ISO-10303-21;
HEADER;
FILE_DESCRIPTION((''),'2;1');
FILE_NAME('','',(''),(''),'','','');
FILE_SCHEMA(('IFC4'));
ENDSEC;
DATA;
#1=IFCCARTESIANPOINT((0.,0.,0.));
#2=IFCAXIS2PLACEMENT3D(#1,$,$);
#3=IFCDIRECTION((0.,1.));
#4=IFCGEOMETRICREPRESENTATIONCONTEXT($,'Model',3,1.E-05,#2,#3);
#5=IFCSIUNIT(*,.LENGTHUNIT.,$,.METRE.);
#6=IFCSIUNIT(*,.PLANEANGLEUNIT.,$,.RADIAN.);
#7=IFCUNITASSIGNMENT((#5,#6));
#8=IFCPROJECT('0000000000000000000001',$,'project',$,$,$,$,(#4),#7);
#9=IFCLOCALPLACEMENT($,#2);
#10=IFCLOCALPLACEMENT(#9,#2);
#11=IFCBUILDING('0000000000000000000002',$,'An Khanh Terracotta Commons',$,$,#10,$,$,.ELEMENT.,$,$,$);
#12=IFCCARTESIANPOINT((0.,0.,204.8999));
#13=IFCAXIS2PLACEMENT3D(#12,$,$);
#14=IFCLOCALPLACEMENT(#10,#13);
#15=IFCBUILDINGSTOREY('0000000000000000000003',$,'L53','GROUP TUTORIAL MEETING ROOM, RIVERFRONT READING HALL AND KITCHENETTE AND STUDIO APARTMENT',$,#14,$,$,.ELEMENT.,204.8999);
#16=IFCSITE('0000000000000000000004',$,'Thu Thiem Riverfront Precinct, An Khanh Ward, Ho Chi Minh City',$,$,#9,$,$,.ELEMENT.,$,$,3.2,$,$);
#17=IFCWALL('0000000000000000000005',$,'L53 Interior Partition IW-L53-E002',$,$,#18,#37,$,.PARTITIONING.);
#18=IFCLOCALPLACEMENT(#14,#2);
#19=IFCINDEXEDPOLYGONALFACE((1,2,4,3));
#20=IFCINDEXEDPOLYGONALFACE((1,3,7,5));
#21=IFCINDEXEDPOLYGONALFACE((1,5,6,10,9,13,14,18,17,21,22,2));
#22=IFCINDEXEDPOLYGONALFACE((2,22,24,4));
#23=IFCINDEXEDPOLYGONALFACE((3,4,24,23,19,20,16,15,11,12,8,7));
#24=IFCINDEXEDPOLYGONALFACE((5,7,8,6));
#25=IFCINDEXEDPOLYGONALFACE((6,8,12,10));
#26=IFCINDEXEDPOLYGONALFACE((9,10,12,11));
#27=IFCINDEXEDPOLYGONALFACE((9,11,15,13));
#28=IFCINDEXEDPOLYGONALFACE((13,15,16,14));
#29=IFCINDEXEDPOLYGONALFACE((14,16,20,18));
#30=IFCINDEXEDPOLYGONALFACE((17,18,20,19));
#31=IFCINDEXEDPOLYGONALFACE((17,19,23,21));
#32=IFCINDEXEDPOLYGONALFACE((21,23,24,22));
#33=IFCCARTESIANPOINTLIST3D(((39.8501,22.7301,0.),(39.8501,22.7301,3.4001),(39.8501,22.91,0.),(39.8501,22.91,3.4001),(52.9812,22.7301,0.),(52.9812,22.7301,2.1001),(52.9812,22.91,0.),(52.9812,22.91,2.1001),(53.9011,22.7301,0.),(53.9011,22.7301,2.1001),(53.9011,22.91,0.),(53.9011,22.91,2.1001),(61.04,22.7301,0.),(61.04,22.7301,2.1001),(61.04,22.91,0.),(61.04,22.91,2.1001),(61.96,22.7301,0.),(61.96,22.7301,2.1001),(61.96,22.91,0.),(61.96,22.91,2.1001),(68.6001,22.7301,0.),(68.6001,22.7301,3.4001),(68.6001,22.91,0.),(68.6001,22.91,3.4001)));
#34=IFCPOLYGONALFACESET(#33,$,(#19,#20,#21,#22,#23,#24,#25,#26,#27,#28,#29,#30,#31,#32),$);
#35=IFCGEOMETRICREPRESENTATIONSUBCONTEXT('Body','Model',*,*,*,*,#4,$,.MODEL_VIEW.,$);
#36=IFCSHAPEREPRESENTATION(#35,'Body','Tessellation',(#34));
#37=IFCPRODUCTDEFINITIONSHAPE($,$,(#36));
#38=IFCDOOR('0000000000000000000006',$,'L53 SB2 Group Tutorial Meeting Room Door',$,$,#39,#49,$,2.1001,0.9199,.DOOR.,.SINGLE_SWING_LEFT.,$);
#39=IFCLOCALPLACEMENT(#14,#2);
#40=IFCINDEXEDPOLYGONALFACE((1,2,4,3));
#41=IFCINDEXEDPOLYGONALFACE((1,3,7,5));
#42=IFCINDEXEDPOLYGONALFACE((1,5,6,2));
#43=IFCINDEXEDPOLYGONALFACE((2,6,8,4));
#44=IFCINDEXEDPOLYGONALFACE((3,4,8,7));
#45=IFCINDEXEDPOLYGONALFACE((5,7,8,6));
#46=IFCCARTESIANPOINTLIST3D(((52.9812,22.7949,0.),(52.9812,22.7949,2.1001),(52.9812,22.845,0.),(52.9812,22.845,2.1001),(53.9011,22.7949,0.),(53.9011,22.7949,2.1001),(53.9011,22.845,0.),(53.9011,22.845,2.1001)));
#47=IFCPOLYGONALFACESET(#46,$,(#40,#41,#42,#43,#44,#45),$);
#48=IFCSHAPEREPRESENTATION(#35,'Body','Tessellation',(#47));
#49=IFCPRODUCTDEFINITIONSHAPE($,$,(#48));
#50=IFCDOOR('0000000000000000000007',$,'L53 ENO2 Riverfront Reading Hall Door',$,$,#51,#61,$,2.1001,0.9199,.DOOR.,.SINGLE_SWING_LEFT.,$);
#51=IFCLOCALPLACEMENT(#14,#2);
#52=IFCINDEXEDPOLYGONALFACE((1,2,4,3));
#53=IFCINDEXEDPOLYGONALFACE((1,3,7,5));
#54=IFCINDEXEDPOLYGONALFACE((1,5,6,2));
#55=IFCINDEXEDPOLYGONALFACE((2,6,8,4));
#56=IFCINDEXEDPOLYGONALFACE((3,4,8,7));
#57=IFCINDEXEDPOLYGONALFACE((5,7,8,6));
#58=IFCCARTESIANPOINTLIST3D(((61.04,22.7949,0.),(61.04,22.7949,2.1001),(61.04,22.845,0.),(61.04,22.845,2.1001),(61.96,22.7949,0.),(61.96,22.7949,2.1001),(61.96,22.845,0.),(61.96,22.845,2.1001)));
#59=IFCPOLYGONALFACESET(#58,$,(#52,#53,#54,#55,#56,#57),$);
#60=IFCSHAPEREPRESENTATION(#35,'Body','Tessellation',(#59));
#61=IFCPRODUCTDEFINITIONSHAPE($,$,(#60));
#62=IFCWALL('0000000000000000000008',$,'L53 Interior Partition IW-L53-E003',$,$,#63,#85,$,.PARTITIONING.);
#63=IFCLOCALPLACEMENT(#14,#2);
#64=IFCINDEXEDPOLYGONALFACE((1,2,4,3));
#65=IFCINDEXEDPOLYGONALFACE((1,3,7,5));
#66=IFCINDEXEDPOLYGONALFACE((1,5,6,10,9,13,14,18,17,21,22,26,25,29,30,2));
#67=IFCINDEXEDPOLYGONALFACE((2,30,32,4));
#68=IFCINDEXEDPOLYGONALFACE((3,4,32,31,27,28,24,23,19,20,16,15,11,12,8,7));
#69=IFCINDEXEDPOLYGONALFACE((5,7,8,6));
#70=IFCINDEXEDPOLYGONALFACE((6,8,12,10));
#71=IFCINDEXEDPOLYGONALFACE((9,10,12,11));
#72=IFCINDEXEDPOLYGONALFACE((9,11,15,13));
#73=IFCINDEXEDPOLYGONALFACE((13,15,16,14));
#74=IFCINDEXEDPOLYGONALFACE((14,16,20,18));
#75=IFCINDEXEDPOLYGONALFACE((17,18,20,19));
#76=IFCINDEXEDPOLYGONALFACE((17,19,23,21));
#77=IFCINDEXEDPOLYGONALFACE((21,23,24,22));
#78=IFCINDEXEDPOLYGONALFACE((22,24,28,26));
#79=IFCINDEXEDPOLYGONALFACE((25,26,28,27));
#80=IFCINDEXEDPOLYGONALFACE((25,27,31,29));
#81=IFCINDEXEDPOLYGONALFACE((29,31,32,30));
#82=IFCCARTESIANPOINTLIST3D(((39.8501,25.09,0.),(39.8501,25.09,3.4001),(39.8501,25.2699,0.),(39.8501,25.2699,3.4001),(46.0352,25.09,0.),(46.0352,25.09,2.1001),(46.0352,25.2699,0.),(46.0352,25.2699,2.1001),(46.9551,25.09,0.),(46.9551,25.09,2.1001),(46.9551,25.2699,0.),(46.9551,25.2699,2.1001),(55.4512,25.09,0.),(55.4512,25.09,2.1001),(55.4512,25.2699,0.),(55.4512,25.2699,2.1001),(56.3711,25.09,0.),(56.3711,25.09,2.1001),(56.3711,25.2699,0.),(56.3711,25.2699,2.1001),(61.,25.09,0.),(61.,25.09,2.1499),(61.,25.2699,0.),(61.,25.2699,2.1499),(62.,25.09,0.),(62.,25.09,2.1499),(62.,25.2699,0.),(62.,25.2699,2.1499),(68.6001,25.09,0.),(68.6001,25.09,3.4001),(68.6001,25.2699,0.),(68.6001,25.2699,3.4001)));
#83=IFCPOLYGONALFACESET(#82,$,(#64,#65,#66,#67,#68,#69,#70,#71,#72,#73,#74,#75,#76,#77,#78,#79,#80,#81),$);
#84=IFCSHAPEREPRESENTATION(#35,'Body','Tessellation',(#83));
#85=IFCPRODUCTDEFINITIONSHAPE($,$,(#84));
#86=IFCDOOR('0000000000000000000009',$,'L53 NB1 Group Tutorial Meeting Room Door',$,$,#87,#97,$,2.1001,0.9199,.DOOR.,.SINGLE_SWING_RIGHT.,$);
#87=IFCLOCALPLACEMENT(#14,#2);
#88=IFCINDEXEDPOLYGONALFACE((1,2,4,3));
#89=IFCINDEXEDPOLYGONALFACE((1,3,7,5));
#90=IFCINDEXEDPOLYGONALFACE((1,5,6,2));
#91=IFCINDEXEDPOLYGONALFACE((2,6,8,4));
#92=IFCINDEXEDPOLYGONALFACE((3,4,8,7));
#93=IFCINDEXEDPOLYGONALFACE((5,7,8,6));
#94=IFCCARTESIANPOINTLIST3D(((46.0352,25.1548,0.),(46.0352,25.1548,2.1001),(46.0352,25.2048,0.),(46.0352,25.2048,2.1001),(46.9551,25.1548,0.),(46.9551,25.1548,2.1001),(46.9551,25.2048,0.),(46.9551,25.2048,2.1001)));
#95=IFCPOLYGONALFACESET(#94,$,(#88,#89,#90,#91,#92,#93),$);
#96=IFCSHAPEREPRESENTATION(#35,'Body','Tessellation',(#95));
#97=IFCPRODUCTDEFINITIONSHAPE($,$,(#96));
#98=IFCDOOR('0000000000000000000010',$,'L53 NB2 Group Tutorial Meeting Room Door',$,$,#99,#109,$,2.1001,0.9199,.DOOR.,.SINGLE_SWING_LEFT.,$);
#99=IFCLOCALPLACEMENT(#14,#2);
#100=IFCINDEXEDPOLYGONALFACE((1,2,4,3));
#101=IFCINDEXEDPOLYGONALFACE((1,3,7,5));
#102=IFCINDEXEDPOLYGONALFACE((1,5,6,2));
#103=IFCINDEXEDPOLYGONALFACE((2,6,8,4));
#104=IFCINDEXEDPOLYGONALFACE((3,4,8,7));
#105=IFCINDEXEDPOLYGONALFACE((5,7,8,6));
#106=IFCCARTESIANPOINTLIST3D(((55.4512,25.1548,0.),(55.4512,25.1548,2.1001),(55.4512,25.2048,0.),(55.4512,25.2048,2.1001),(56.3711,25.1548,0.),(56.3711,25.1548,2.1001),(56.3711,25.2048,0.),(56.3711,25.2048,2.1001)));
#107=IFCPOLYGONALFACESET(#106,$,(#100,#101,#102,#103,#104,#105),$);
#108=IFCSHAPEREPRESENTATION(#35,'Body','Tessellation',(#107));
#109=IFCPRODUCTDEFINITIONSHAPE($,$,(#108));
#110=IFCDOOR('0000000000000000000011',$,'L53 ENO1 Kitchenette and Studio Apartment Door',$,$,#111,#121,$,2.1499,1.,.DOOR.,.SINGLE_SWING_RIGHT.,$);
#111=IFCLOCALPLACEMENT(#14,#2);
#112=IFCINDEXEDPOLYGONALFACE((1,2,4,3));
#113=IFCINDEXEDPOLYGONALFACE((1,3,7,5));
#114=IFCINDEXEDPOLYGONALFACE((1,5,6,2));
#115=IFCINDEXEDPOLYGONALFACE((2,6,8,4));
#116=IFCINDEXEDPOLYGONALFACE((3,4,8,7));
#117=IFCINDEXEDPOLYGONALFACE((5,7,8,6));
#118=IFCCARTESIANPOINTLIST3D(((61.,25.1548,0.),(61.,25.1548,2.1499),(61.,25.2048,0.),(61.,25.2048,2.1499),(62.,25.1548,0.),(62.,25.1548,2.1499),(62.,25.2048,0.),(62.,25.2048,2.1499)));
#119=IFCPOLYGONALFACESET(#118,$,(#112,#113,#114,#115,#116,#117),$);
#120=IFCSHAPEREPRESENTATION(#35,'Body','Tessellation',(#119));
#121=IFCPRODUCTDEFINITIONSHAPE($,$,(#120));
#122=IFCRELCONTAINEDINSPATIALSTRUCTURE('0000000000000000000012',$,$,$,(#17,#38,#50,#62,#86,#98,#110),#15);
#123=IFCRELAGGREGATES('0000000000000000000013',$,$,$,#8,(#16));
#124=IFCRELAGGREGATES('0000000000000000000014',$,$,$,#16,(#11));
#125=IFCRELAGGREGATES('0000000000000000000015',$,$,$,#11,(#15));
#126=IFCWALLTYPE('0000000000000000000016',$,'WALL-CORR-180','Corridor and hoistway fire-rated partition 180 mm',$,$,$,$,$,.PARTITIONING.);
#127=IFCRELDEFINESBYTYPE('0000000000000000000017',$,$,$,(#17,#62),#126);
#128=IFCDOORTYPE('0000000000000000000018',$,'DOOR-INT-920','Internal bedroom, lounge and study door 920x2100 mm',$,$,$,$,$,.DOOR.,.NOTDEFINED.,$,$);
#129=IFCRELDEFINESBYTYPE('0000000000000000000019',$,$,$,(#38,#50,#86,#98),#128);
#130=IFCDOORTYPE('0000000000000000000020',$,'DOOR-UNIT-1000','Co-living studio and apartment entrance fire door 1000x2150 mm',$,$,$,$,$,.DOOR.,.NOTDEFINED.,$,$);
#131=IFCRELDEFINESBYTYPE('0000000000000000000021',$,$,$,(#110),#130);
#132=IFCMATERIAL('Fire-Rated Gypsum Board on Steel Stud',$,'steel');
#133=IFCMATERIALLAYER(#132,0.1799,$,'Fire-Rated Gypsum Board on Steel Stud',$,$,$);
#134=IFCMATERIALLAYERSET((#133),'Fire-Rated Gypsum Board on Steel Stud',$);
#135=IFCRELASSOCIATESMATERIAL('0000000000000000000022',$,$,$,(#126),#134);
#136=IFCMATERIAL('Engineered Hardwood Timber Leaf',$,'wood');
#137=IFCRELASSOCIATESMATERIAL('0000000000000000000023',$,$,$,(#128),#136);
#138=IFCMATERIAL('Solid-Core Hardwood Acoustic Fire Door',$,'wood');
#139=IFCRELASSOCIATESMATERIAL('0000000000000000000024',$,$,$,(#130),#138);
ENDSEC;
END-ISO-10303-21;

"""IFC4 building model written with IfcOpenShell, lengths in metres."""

from ifc_helpers import new_model, si_unit, direction, frame, frame_2d, origin, place, context, subcontext, project, spatial, rectangle, extrude, material, layer, layer_set, type_object, element, fill, save


model = new_model("IFC4")

# Units and contexts
model_context = context("Model", 3, precision=1e-05, world=origin(), true_north=direction((0.0, 1.0)))
body_context = subcontext(model_context, "Body", "Model", "MODEL_VIEW")
ifc_project = project(units=[si_unit("LENGTHUNIT", "METRE"), si_unit("PLANEANGLEUNIT", "RADIAN")], contexts=[model_context])

# Site, building, storey
site_placement = place(None, origin())
site = spatial("IfcSite", under=ifc_project, at=site_placement, Name="Thu Thiem Riverfront Precinct, An Khanh Ward, Ho Chi Minh City", CompositionType="ELEMENT", RefElevation=3.2)
building_placement = place(site_placement, origin())
building = spatial("IfcBuilding", under=site, at=building_placement, Name="An Khanh Terracotta Commons", CompositionType="ELEMENT")
storey_placement = place(building_placement, frame((0.0, 0.0, 204.8999)))
storey = spatial("IfcBuildingStorey", under=building, at=storey_placement, Name="L53", Description="GROUP TUTORIAL MEETING ROOM, RIVERFRONT READING HALL AND KITCHENETTE AND STUDIO APARTMENT", CompositionType="ELEMENT", Elevation=204.8999)

# Shared definitions
ifc_material_1 = material(Name="Fire-Rated Gypsum Board on Steel Stud", Category="steel")
ifc_layer = layer(ifc_material_1, 0.1799, Name="Fire-Rated Gypsum Board on Steel Stud")
ifc_layer_set = layer_set([ifc_layer], Name="Fire-Rated Gypsum Board on Steel Stud")
wall_type = type_object("IfcWallType", Name="WALL-CORR-180", Description="Corridor and hoistway fire-rated partition 180 mm", PredefinedType="PARTITIONING", material=ifc_layer_set)

# Walls, openings, doors
wall_1_placement = place(storey_placement, frame((39.8501, 22.8201, 0.0), z_axis=(0.0, 0.0, 1.0), x_axis=(1.0, 0.0, 0.0)))
wall_1 = element("IfcWall", 1, at=wall_1_placement, inside=storey, type_object=wall_type, Name="L53 Interior Partition IW-L53-E002", PredefinedType="PARTITIONING", context=body_context, shape_type="SweptSolid", body=[
    extrude(rectangle(XDim=28.75, YDim=0.1799, at=frame_2d((14.375, 0.0))), origin(), (0.0, 0.0, 1.0), 3.4001),
])
opening_1_placement = place(wall_1_placement, frame((13.1311, 0.0, 0.0)))
opening_1 = element("IfcOpeningElement", 2, at=opening_1_placement, cuts=wall_1, PredefinedType="OPENING", context=body_context, shape_type="SweptSolid", body=[
    extrude(rectangle(XDim=0.9199, YDim=2.1001, at=frame_2d((0.46, 1.05))), frame((0.0, 0.0999, 0.0), z_axis=(0.0, -1.0, 0.0), x_axis=(1.0, 0.0, 0.0)), (0.0, 0.0, 1.0), 0.2),
])
opening_2_placement = place(wall_1_placement, frame((21.1899, 0.0, 0.0)))
opening_2 = element("IfcOpeningElement", 3, at=opening_2_placement, cuts=wall_1, PredefinedType="OPENING", context=body_context, shape_type="SweptSolid", body=[
    extrude(rectangle(XDim=0.9199, YDim=2.1001, at=frame_2d((0.46, 1.05))), frame((0.0, 0.0999, 0.0), z_axis=(0.0, -1.0, 0.0), x_axis=(1.0, 0.0, 0.0)), (0.0, 0.0, 1.0), 0.2),
])
ifc_material_2 = material(Name="Engineered Hardwood Timber Leaf", Category="wood")
door_type_1 = type_object("IfcDoorType", Name="DOOR-INT-920", Description="Internal bedroom, lounge and study door 920x2100 mm", OperationType="NOTDEFINED", PredefinedType="DOOR", material=ifc_material_2)
door_1_placement = place(opening_1_placement, origin())
door_1 = element("IfcDoor", 4, at=door_1_placement, inside=storey, type_object=door_type_1, Name="L53 SB2 Group Tutorial Meeting Room Door", OperationType="SINGLE_SWING_LEFT", OverallHeight=2.1001, OverallWidth=0.9199, PredefinedType="DOOR", context=body_context, shape_type="SweptSolid", body=[
    extrude(rectangle(XDim=0.9199, YDim=2.1001, at=frame_2d((0.46, 1.05))), frame((0.0, 0.0249, 0.0), z_axis=(0.0, -1.0, 0.0), x_axis=(1.0, 0.0, 0.0)), (0.0, 0.0, 1.0), 0.05),
])
fill(opening_1, door_1)
door_2_placement = place(opening_2_placement, origin())
door_2 = element("IfcDoor", 5, at=door_2_placement, inside=storey, type_object=door_type_1, Name="L53 ENO2 Riverfront Reading Hall Door", OperationType="SINGLE_SWING_LEFT", OverallHeight=2.1001, OverallWidth=0.9199, PredefinedType="DOOR", context=body_context, shape_type="SweptSolid", body=[
    extrude(rectangle(XDim=0.9199, YDim=2.1001, at=frame_2d((0.46, 1.05))), frame((0.0, 0.0249, 0.0), z_axis=(0.0, -1.0, 0.0), x_axis=(1.0, 0.0, 0.0)), (0.0, 0.0, 1.0), 0.05),
])
fill(opening_2, door_2)
wall_2_placement = place(storey_placement, frame((39.8501, 25.1799, 0.0), z_axis=(0.0, 0.0, 1.0), x_axis=(1.0, 0.0, 0.0)))
wall_2 = element("IfcWall", 6, at=wall_2_placement, inside=storey, type_object=wall_type, Name="L53 Interior Partition IW-L53-E003", PredefinedType="PARTITIONING", context=body_context, shape_type="SweptSolid", body=[
    extrude(rectangle(XDim=28.75, YDim=0.1799, at=frame_2d((14.375, 0.0))), origin(), (0.0, 0.0, 1.0), 3.4001),
])
opening_3_placement = place(wall_2_placement, frame((6.1851, 0.0, 0.0)))
opening_3 = element("IfcOpeningElement", 7, at=opening_3_placement, cuts=wall_2, PredefinedType="OPENING", context=body_context, shape_type="SweptSolid", body=[
    extrude(rectangle(XDim=0.9199, YDim=2.1001, at=frame_2d((0.46, 1.05))), frame((0.0, 0.0999, 0.0), z_axis=(0.0, -1.0, 0.0), x_axis=(1.0, 0.0, 0.0)), (0.0, 0.0, 1.0), 0.2),
])
opening_4_placement = place(wall_2_placement, frame((15.6011, 0.0, 0.0)))
opening_4 = element("IfcOpeningElement", 8, at=opening_4_placement, cuts=wall_2, PredefinedType="OPENING", context=body_context, shape_type="SweptSolid", body=[
    extrude(rectangle(XDim=0.9199, YDim=2.1001, at=frame_2d((0.46, 1.05))), frame((0.0, 0.0999, 0.0), z_axis=(0.0, -1.0, 0.0), x_axis=(1.0, 0.0, 0.0)), (0.0, 0.0, 1.0), 0.2),
])
opening_5_placement = place(wall_2_placement, frame((21.1499, 0.0, 0.0)))
opening_5 = element("IfcOpeningElement", 9, at=opening_5_placement, cuts=wall_2, PredefinedType="OPENING", context=body_context, shape_type="SweptSolid", body=[
    extrude(rectangle(XDim=1.0, YDim=2.1499, at=frame_2d((0.5, 1.075))), frame((0.0, 0.0999, 0.0), z_axis=(0.0, -1.0, 0.0), x_axis=(1.0, 0.0, 0.0)), (0.0, 0.0, 1.0), 0.2),
])
door_3_placement = place(opening_3_placement, origin())
door_3 = element("IfcDoor", 10, at=door_3_placement, inside=storey, type_object=door_type_1, Name="L53 NB1 Group Tutorial Meeting Room Door", OperationType="SINGLE_SWING_RIGHT", OverallHeight=2.1001, OverallWidth=0.9199, PredefinedType="DOOR", context=body_context, shape_type="SweptSolid", body=[
    extrude(rectangle(XDim=0.9199, YDim=2.1001, at=frame_2d((0.46, 1.05))), frame((0.0, 0.0249, 0.0), z_axis=(0.0, -1.0, 0.0), x_axis=(1.0, 0.0, 0.0)), (0.0, 0.0, 1.0), 0.05),
])
fill(opening_3, door_3)
door_4_placement = place(opening_4_placement, origin())
door_4 = element("IfcDoor", 11, at=door_4_placement, inside=storey, type_object=door_type_1, Name="L53 NB2 Group Tutorial Meeting Room Door", OperationType="SINGLE_SWING_LEFT", OverallHeight=2.1001, OverallWidth=0.9199, PredefinedType="DOOR", context=body_context, shape_type="SweptSolid", body=[
    extrude(rectangle(XDim=0.9199, YDim=2.1001, at=frame_2d((0.46, 1.05))), frame((0.0, 0.0249, 0.0), z_axis=(0.0, -1.0, 0.0), x_axis=(1.0, 0.0, 0.0)), (0.0, 0.0, 1.0), 0.05),
])
fill(opening_4, door_4)
ifc_material_3 = material(Name="Solid-Core Hardwood Acoustic Fire Door", Category="wood")
door_type_2 = type_object("IfcDoorType", Name="DOOR-UNIT-1000", Description="Co-living studio and apartment entrance fire door 1000x2150 mm", OperationType="NOTDEFINED", PredefinedType="DOOR", material=ifc_material_3)
door_5_placement = place(opening_5_placement, origin())
door_5 = element("IfcDoor", 12, at=door_5_placement, inside=storey, type_object=door_type_2, Name="L53 ENO1 Kitchenette and Studio Apartment Door", OperationType="SINGLE_SWING_RIGHT", OverallHeight=2.1499, OverallWidth=1.0, PredefinedType="DOOR", context=body_context, shape_type="SweptSolid", body=[
    extrude(rectangle(XDim=1.0, YDim=2.1499, at=frame_2d((0.5, 1.075))), frame((0.0, 0.0249, 0.0), z_axis=(0.0, -1.0, 0.0), x_axis=(1.0, 0.0, 0.0)), (0.0, 0.0, 1.0), 0.05),
])
fill(opening_5, door_5)

save(model, "model.ifc")
